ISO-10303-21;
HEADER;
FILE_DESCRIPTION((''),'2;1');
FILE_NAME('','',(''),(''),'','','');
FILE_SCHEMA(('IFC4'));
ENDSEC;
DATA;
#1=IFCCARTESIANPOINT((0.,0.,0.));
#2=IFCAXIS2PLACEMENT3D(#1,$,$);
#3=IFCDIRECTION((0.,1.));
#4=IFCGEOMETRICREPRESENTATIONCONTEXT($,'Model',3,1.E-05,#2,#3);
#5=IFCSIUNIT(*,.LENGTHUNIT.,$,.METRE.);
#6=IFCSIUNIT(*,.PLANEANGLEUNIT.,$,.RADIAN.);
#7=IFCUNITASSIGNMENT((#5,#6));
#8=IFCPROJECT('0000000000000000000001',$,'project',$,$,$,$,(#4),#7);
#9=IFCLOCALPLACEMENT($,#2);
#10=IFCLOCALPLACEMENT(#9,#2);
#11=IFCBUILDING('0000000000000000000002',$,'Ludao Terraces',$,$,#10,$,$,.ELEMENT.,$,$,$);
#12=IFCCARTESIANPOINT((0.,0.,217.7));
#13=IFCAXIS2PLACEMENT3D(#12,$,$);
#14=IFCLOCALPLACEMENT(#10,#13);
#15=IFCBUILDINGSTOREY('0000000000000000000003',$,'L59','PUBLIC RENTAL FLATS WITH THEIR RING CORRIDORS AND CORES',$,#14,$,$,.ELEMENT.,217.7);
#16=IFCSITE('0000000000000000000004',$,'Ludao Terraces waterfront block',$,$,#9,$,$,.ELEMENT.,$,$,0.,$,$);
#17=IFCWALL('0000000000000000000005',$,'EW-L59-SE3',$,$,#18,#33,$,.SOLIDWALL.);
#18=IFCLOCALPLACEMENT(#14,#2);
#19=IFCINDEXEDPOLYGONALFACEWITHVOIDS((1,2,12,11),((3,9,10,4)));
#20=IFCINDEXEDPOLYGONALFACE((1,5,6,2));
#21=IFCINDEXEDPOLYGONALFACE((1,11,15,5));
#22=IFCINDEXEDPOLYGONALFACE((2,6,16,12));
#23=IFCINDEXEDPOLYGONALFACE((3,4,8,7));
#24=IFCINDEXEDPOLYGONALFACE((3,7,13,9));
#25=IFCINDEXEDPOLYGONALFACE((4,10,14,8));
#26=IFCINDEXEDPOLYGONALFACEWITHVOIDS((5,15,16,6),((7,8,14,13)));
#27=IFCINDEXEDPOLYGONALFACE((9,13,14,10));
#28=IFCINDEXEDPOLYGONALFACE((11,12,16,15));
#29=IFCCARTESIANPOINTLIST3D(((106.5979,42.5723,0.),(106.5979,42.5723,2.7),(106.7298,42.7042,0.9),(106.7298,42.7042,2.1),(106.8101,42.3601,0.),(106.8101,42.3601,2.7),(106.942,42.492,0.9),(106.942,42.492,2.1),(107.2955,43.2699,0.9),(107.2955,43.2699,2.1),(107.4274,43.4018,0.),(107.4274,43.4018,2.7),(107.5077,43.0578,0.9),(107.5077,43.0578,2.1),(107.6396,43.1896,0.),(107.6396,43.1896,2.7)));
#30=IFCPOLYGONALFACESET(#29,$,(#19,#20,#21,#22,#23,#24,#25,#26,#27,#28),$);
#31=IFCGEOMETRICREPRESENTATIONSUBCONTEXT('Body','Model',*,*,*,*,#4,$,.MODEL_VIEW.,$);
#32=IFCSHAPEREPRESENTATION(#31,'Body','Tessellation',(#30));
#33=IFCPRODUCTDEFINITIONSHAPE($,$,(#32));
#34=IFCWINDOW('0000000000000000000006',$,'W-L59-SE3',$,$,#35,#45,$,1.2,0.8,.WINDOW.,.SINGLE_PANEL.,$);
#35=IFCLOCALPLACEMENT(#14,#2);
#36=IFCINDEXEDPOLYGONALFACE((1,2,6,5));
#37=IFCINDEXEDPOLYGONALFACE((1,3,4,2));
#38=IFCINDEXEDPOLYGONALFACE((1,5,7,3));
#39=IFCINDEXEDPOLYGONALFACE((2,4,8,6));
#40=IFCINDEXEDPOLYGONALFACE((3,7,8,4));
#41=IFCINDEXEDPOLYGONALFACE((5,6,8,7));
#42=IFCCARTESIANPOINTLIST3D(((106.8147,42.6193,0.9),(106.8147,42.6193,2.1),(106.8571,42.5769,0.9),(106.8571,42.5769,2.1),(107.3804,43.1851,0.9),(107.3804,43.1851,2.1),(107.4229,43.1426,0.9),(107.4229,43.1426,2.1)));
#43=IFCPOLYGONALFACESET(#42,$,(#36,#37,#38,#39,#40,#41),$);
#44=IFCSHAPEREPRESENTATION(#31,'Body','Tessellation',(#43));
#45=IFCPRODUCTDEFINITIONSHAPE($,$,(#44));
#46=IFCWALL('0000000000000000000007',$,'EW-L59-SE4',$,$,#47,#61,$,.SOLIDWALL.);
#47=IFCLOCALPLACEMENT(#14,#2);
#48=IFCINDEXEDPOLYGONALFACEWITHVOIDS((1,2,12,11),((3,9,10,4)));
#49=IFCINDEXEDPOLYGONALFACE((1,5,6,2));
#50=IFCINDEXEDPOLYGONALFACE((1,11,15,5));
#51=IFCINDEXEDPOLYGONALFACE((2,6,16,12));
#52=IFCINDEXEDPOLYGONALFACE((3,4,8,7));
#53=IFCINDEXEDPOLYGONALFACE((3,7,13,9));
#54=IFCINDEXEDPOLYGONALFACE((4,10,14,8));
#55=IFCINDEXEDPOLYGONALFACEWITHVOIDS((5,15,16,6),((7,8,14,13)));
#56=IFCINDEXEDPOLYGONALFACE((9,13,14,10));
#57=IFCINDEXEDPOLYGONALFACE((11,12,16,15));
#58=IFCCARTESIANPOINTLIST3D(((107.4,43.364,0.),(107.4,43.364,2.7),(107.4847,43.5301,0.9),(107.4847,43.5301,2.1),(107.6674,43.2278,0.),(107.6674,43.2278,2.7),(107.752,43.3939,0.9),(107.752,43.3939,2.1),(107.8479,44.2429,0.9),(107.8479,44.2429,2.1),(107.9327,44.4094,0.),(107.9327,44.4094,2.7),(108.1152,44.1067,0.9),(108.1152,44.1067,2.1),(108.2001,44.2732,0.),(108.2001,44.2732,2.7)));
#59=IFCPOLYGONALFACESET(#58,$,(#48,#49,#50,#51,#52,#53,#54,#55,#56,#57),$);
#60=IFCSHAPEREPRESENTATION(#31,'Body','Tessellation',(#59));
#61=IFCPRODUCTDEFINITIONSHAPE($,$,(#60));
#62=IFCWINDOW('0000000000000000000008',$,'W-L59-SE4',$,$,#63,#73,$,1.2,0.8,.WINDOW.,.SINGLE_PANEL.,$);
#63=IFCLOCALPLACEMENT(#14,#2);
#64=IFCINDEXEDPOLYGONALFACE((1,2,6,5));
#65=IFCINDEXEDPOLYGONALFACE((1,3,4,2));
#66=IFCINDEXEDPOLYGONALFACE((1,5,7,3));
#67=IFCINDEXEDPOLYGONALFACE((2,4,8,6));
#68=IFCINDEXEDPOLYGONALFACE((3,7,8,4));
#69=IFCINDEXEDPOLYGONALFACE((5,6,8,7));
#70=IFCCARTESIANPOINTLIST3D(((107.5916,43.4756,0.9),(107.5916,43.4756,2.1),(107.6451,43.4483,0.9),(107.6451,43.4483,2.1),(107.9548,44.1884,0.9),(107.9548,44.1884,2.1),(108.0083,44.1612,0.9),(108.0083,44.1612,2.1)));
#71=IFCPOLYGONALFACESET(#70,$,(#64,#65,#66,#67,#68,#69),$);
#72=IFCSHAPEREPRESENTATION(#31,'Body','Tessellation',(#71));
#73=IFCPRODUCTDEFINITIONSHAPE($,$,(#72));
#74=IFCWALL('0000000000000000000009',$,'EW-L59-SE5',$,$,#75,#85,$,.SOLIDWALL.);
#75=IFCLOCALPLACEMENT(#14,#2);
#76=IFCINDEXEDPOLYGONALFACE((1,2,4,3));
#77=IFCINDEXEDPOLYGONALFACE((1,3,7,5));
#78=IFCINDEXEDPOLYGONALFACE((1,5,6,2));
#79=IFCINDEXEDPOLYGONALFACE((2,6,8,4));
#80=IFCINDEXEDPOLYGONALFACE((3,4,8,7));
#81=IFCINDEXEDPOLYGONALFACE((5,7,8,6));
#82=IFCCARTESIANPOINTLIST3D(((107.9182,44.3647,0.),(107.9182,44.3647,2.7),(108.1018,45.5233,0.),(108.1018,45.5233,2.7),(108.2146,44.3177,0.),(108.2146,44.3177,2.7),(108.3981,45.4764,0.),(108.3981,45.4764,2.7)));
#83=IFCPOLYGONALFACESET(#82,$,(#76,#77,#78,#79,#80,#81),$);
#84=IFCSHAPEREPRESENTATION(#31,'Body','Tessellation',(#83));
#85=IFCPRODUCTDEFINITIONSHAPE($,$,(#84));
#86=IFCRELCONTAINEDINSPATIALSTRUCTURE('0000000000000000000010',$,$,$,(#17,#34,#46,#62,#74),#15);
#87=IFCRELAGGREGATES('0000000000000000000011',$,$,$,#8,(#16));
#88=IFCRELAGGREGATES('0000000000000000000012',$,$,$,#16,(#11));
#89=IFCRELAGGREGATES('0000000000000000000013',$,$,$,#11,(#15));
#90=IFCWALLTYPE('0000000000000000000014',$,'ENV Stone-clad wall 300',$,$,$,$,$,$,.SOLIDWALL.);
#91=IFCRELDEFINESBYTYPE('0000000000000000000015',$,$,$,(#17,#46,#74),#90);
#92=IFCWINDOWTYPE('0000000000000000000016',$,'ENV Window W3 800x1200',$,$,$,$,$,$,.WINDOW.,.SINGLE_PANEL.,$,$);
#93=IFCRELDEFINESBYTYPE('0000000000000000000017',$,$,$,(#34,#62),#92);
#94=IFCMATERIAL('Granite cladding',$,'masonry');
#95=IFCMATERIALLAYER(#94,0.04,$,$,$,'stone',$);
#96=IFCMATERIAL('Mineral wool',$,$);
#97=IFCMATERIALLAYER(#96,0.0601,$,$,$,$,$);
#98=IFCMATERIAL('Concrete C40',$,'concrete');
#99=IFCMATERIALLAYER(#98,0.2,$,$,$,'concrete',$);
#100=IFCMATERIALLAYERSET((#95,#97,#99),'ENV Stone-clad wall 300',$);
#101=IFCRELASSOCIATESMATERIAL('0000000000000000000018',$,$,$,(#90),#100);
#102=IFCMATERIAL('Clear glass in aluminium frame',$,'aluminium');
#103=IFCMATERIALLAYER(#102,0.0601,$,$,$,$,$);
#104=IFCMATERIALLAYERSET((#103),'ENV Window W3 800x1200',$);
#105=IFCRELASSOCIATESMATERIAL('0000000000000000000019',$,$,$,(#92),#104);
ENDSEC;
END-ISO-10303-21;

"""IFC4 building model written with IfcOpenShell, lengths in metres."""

from ifc_helpers import new_model, si_unit, direction, frame, frame_2d, origin, place, context, subcontext, project, spatial, rectangle, extrude, material, layer, layer_set, type_object, element, fill, save


model = new_model("IFC4")

# Units and contexts
model_context = context("Model", 3, precision=1e-05, world=origin(), true_north=direction((0.0, 1.0)))
body_context = subcontext(model_context, "Body", "Model", "MODEL_VIEW")
ifc_project = project(units=[si_unit("LENGTHUNIT", "METRE"), si_unit("PLANEANGLEUNIT", "RADIAN")], contexts=[model_context])

# Site, building, storey
site_placement = place(None, origin())
site = spatial("IfcSite", under=ifc_project, at=site_placement, Name="Ludao Terraces waterfront block", CompositionType="ELEMENT", RefElevation=0.0)
building_placement = place(site_placement, origin())
building = spatial("IfcBuilding", under=site, at=building_placement, Name="Ludao Terraces", CompositionType="ELEMENT")
storey_placement = place(building_placement, frame((0.0, 0.0, 217.7)))
storey = spatial("IfcBuildingStorey", under=building, at=storey_placement, Name="L59", Description="PUBLIC RENTAL FLATS WITH THEIR RING CORRIDORS AND CORES", CompositionType="ELEMENT", Elevation=217.7)

# Shared definitions
ifc_material_1 = material(Name="Concrete C40", Category="concrete")

# Shared definitions
ifc_material_2 = material(Name="Granite cladding", Category="masonry")
ifc_layer_1 = layer(ifc_material_2, 0.04, Category="stone")
ifc_material_3 = material(Name="Mineral wool")
ifc_layer_2 = layer(ifc_material_3, 0.0601)
ifc_layer_3 = layer(ifc_material_1, 0.2, Category="concrete")
ifc_layer_set_1 = layer_set([ifc_layer_1, ifc_layer_2, ifc_layer_3], Name="ENV Stone-clad wall 300")
wall_type_1 = type_object("IfcWallType", Name="ENV Stone-clad wall 300", PredefinedType="SOLIDWALL", material=ifc_layer_set_1)
ifc_material_4 = material(Name="Clear glass in aluminium frame", Category="aluminium")

# Walls, openings, windows
ifc_layer_4 = layer(ifc_material_4, 0.0601)
ifc_layer_set_2 = layer_set([ifc_layer_4], Name="ENV Window W3 800x1200")
window_type_1 = type_object("IfcWindowType", Name="ENV Window W3 800x1200", PartitioningType="SINGLE_PANEL", PredefinedType="WINDOW", material=ifc_layer_set_2)
wall_1_placement = place(storey_placement, frame((106.7041, 42.4663, 0.0), z_axis=(0.0, 0.0, 1.0), x_axis=(0.707107, 0.707107, 0.0)))
wall_1 = element("IfcWall", 1, at=wall_1_placement, inside=storey, type_object=wall_type_1, Name="EW-L59-SE3", PredefinedType="SOLIDWALL", context=body_context, shape_type="SweptSolid", body=[
    extrude(rectangle(XDim=1.1731, YDim=0.3, at=frame_2d((0.5864, 0.0))), origin(), (0.0, 0.0, 1.0), 2.7),
])
opening_1_placement = place(wall_1_placement, frame((0.1865, 0.0, 0.8999)))
opening_1 = element("IfcOpeningElement", 2, at=opening_1_placement, cuts=wall_1, PredefinedType="OPENING", context=body_context, shape_type="SweptSolid", body=[
    extrude(rectangle(XDim=0.8, YDim=1.2, at=frame_2d((0.3999, 0.6001))), frame((0.0, 0.1602, 0.0), z_axis=(0.0, -1.0, 0.0), x_axis=(1.0, 0.0, 0.0)), (0.0, 0.0, 1.0), 0.3201),
])
window_1_placement = place(opening_1_placement, origin())
window_1 = element("IfcWindow", 3, at=window_1_placement, inside=storey, type_object=window_type_1, Name="W-L59-SE3", OverallHeight=1.2, OverallWidth=0.8, PartitioningType="SINGLE_PANEL", PredefinedType="WINDOW", context=body_context, shape_type="SweptSolid", body=[
    extrude(rectangle(XDim=0.8, YDim=1.2, at=frame_2d((0.3999, 0.6001))), frame((0.0, 0.03, 0.0), z_axis=(0.0, -1.0, 0.0), x_axis=(1.0, 0.0, 0.0)), (0.0, 0.0, 1.0), 0.0601),
])
fill(opening_1, window_1)
wall_2_placement = place(storey_placement, frame((107.5337, 43.2959, 0.0), z_axis=(0.0, 0.0, 1.0), x_axis=(0.454026, 0.890989, 0.0)))
wall_2 = element("IfcWall", 4, at=wall_2_placement, inside=storey, type_object=wall_type_1, Name="EW-L59-SE4", PredefinedType="SOLIDWALL", context=body_context, shape_type="SweptSolid", body=[
    extrude(rectangle(XDim=1.1733, YDim=0.3, at=frame_2d((0.5867, 0.0))), origin(), (0.0, 0.0, 1.0), 2.7),
])
opening_2_placement = place(wall_2_placement, frame((0.1865, 0.0, 0.8999)))
opening_2 = element("IfcOpeningElement", 5, at=opening_2_placement, cuts=wall_2, PredefinedType="OPENING", context=body_context, shape_type="SweptSolid", body=[
    extrude(rectangle(XDim=0.8, YDim=1.2, at=frame_2d((0.3999, 0.6001))), frame((0.0, 0.1602, 0.0), z_axis=(0.0, -1.0, 0.0), x_axis=(1.0, 0.0, 0.0)), (0.0, 0.0, 1.0), 0.3201),
])
window_2_placement = place(opening_2_placement, origin())
window_2 = element("IfcWindow", 6, at=window_2_placement, inside=storey, type_object=window_type_1, Name="W-L59-SE4", OverallHeight=1.2, OverallWidth=0.8, PartitioningType="SINGLE_PANEL", PredefinedType="WINDOW", context=body_context, shape_type="SweptSolid", body=[
    extrude(rectangle(XDim=0.8, YDim=1.2, at=frame_2d((0.3999, 0.6001))), frame((0.0, 0.03, 0.0), z_axis=(0.0, -1.0, 0.0), x_axis=(1.0, 0.0, 0.0)), (0.0, 0.0, 1.0), 0.0601),
])
fill(opening_2, window_2)

# Wall
wall_3_placement = place(storey_placement, frame((108.0664, 44.3413, 0.0), z_axis=(0.0, 0.0, 1.0), x_axis=(0.156497, 0.987678, 0.0)))
element("IfcWall", 7, at=wall_3_placement, inside=storey, type_object=wall_type_1, Name="EW-L59-SE5", PredefinedType="SOLIDWALL", context=body_context, shape_type="SweptSolid", body=[
    extrude(rectangle(XDim=1.1731, YDim=0.3, at=frame_2d((0.5864, 0.0))), origin(), (0.0, 0.0, 1.0), 2.7),
])

save(model, "model.ifc")
